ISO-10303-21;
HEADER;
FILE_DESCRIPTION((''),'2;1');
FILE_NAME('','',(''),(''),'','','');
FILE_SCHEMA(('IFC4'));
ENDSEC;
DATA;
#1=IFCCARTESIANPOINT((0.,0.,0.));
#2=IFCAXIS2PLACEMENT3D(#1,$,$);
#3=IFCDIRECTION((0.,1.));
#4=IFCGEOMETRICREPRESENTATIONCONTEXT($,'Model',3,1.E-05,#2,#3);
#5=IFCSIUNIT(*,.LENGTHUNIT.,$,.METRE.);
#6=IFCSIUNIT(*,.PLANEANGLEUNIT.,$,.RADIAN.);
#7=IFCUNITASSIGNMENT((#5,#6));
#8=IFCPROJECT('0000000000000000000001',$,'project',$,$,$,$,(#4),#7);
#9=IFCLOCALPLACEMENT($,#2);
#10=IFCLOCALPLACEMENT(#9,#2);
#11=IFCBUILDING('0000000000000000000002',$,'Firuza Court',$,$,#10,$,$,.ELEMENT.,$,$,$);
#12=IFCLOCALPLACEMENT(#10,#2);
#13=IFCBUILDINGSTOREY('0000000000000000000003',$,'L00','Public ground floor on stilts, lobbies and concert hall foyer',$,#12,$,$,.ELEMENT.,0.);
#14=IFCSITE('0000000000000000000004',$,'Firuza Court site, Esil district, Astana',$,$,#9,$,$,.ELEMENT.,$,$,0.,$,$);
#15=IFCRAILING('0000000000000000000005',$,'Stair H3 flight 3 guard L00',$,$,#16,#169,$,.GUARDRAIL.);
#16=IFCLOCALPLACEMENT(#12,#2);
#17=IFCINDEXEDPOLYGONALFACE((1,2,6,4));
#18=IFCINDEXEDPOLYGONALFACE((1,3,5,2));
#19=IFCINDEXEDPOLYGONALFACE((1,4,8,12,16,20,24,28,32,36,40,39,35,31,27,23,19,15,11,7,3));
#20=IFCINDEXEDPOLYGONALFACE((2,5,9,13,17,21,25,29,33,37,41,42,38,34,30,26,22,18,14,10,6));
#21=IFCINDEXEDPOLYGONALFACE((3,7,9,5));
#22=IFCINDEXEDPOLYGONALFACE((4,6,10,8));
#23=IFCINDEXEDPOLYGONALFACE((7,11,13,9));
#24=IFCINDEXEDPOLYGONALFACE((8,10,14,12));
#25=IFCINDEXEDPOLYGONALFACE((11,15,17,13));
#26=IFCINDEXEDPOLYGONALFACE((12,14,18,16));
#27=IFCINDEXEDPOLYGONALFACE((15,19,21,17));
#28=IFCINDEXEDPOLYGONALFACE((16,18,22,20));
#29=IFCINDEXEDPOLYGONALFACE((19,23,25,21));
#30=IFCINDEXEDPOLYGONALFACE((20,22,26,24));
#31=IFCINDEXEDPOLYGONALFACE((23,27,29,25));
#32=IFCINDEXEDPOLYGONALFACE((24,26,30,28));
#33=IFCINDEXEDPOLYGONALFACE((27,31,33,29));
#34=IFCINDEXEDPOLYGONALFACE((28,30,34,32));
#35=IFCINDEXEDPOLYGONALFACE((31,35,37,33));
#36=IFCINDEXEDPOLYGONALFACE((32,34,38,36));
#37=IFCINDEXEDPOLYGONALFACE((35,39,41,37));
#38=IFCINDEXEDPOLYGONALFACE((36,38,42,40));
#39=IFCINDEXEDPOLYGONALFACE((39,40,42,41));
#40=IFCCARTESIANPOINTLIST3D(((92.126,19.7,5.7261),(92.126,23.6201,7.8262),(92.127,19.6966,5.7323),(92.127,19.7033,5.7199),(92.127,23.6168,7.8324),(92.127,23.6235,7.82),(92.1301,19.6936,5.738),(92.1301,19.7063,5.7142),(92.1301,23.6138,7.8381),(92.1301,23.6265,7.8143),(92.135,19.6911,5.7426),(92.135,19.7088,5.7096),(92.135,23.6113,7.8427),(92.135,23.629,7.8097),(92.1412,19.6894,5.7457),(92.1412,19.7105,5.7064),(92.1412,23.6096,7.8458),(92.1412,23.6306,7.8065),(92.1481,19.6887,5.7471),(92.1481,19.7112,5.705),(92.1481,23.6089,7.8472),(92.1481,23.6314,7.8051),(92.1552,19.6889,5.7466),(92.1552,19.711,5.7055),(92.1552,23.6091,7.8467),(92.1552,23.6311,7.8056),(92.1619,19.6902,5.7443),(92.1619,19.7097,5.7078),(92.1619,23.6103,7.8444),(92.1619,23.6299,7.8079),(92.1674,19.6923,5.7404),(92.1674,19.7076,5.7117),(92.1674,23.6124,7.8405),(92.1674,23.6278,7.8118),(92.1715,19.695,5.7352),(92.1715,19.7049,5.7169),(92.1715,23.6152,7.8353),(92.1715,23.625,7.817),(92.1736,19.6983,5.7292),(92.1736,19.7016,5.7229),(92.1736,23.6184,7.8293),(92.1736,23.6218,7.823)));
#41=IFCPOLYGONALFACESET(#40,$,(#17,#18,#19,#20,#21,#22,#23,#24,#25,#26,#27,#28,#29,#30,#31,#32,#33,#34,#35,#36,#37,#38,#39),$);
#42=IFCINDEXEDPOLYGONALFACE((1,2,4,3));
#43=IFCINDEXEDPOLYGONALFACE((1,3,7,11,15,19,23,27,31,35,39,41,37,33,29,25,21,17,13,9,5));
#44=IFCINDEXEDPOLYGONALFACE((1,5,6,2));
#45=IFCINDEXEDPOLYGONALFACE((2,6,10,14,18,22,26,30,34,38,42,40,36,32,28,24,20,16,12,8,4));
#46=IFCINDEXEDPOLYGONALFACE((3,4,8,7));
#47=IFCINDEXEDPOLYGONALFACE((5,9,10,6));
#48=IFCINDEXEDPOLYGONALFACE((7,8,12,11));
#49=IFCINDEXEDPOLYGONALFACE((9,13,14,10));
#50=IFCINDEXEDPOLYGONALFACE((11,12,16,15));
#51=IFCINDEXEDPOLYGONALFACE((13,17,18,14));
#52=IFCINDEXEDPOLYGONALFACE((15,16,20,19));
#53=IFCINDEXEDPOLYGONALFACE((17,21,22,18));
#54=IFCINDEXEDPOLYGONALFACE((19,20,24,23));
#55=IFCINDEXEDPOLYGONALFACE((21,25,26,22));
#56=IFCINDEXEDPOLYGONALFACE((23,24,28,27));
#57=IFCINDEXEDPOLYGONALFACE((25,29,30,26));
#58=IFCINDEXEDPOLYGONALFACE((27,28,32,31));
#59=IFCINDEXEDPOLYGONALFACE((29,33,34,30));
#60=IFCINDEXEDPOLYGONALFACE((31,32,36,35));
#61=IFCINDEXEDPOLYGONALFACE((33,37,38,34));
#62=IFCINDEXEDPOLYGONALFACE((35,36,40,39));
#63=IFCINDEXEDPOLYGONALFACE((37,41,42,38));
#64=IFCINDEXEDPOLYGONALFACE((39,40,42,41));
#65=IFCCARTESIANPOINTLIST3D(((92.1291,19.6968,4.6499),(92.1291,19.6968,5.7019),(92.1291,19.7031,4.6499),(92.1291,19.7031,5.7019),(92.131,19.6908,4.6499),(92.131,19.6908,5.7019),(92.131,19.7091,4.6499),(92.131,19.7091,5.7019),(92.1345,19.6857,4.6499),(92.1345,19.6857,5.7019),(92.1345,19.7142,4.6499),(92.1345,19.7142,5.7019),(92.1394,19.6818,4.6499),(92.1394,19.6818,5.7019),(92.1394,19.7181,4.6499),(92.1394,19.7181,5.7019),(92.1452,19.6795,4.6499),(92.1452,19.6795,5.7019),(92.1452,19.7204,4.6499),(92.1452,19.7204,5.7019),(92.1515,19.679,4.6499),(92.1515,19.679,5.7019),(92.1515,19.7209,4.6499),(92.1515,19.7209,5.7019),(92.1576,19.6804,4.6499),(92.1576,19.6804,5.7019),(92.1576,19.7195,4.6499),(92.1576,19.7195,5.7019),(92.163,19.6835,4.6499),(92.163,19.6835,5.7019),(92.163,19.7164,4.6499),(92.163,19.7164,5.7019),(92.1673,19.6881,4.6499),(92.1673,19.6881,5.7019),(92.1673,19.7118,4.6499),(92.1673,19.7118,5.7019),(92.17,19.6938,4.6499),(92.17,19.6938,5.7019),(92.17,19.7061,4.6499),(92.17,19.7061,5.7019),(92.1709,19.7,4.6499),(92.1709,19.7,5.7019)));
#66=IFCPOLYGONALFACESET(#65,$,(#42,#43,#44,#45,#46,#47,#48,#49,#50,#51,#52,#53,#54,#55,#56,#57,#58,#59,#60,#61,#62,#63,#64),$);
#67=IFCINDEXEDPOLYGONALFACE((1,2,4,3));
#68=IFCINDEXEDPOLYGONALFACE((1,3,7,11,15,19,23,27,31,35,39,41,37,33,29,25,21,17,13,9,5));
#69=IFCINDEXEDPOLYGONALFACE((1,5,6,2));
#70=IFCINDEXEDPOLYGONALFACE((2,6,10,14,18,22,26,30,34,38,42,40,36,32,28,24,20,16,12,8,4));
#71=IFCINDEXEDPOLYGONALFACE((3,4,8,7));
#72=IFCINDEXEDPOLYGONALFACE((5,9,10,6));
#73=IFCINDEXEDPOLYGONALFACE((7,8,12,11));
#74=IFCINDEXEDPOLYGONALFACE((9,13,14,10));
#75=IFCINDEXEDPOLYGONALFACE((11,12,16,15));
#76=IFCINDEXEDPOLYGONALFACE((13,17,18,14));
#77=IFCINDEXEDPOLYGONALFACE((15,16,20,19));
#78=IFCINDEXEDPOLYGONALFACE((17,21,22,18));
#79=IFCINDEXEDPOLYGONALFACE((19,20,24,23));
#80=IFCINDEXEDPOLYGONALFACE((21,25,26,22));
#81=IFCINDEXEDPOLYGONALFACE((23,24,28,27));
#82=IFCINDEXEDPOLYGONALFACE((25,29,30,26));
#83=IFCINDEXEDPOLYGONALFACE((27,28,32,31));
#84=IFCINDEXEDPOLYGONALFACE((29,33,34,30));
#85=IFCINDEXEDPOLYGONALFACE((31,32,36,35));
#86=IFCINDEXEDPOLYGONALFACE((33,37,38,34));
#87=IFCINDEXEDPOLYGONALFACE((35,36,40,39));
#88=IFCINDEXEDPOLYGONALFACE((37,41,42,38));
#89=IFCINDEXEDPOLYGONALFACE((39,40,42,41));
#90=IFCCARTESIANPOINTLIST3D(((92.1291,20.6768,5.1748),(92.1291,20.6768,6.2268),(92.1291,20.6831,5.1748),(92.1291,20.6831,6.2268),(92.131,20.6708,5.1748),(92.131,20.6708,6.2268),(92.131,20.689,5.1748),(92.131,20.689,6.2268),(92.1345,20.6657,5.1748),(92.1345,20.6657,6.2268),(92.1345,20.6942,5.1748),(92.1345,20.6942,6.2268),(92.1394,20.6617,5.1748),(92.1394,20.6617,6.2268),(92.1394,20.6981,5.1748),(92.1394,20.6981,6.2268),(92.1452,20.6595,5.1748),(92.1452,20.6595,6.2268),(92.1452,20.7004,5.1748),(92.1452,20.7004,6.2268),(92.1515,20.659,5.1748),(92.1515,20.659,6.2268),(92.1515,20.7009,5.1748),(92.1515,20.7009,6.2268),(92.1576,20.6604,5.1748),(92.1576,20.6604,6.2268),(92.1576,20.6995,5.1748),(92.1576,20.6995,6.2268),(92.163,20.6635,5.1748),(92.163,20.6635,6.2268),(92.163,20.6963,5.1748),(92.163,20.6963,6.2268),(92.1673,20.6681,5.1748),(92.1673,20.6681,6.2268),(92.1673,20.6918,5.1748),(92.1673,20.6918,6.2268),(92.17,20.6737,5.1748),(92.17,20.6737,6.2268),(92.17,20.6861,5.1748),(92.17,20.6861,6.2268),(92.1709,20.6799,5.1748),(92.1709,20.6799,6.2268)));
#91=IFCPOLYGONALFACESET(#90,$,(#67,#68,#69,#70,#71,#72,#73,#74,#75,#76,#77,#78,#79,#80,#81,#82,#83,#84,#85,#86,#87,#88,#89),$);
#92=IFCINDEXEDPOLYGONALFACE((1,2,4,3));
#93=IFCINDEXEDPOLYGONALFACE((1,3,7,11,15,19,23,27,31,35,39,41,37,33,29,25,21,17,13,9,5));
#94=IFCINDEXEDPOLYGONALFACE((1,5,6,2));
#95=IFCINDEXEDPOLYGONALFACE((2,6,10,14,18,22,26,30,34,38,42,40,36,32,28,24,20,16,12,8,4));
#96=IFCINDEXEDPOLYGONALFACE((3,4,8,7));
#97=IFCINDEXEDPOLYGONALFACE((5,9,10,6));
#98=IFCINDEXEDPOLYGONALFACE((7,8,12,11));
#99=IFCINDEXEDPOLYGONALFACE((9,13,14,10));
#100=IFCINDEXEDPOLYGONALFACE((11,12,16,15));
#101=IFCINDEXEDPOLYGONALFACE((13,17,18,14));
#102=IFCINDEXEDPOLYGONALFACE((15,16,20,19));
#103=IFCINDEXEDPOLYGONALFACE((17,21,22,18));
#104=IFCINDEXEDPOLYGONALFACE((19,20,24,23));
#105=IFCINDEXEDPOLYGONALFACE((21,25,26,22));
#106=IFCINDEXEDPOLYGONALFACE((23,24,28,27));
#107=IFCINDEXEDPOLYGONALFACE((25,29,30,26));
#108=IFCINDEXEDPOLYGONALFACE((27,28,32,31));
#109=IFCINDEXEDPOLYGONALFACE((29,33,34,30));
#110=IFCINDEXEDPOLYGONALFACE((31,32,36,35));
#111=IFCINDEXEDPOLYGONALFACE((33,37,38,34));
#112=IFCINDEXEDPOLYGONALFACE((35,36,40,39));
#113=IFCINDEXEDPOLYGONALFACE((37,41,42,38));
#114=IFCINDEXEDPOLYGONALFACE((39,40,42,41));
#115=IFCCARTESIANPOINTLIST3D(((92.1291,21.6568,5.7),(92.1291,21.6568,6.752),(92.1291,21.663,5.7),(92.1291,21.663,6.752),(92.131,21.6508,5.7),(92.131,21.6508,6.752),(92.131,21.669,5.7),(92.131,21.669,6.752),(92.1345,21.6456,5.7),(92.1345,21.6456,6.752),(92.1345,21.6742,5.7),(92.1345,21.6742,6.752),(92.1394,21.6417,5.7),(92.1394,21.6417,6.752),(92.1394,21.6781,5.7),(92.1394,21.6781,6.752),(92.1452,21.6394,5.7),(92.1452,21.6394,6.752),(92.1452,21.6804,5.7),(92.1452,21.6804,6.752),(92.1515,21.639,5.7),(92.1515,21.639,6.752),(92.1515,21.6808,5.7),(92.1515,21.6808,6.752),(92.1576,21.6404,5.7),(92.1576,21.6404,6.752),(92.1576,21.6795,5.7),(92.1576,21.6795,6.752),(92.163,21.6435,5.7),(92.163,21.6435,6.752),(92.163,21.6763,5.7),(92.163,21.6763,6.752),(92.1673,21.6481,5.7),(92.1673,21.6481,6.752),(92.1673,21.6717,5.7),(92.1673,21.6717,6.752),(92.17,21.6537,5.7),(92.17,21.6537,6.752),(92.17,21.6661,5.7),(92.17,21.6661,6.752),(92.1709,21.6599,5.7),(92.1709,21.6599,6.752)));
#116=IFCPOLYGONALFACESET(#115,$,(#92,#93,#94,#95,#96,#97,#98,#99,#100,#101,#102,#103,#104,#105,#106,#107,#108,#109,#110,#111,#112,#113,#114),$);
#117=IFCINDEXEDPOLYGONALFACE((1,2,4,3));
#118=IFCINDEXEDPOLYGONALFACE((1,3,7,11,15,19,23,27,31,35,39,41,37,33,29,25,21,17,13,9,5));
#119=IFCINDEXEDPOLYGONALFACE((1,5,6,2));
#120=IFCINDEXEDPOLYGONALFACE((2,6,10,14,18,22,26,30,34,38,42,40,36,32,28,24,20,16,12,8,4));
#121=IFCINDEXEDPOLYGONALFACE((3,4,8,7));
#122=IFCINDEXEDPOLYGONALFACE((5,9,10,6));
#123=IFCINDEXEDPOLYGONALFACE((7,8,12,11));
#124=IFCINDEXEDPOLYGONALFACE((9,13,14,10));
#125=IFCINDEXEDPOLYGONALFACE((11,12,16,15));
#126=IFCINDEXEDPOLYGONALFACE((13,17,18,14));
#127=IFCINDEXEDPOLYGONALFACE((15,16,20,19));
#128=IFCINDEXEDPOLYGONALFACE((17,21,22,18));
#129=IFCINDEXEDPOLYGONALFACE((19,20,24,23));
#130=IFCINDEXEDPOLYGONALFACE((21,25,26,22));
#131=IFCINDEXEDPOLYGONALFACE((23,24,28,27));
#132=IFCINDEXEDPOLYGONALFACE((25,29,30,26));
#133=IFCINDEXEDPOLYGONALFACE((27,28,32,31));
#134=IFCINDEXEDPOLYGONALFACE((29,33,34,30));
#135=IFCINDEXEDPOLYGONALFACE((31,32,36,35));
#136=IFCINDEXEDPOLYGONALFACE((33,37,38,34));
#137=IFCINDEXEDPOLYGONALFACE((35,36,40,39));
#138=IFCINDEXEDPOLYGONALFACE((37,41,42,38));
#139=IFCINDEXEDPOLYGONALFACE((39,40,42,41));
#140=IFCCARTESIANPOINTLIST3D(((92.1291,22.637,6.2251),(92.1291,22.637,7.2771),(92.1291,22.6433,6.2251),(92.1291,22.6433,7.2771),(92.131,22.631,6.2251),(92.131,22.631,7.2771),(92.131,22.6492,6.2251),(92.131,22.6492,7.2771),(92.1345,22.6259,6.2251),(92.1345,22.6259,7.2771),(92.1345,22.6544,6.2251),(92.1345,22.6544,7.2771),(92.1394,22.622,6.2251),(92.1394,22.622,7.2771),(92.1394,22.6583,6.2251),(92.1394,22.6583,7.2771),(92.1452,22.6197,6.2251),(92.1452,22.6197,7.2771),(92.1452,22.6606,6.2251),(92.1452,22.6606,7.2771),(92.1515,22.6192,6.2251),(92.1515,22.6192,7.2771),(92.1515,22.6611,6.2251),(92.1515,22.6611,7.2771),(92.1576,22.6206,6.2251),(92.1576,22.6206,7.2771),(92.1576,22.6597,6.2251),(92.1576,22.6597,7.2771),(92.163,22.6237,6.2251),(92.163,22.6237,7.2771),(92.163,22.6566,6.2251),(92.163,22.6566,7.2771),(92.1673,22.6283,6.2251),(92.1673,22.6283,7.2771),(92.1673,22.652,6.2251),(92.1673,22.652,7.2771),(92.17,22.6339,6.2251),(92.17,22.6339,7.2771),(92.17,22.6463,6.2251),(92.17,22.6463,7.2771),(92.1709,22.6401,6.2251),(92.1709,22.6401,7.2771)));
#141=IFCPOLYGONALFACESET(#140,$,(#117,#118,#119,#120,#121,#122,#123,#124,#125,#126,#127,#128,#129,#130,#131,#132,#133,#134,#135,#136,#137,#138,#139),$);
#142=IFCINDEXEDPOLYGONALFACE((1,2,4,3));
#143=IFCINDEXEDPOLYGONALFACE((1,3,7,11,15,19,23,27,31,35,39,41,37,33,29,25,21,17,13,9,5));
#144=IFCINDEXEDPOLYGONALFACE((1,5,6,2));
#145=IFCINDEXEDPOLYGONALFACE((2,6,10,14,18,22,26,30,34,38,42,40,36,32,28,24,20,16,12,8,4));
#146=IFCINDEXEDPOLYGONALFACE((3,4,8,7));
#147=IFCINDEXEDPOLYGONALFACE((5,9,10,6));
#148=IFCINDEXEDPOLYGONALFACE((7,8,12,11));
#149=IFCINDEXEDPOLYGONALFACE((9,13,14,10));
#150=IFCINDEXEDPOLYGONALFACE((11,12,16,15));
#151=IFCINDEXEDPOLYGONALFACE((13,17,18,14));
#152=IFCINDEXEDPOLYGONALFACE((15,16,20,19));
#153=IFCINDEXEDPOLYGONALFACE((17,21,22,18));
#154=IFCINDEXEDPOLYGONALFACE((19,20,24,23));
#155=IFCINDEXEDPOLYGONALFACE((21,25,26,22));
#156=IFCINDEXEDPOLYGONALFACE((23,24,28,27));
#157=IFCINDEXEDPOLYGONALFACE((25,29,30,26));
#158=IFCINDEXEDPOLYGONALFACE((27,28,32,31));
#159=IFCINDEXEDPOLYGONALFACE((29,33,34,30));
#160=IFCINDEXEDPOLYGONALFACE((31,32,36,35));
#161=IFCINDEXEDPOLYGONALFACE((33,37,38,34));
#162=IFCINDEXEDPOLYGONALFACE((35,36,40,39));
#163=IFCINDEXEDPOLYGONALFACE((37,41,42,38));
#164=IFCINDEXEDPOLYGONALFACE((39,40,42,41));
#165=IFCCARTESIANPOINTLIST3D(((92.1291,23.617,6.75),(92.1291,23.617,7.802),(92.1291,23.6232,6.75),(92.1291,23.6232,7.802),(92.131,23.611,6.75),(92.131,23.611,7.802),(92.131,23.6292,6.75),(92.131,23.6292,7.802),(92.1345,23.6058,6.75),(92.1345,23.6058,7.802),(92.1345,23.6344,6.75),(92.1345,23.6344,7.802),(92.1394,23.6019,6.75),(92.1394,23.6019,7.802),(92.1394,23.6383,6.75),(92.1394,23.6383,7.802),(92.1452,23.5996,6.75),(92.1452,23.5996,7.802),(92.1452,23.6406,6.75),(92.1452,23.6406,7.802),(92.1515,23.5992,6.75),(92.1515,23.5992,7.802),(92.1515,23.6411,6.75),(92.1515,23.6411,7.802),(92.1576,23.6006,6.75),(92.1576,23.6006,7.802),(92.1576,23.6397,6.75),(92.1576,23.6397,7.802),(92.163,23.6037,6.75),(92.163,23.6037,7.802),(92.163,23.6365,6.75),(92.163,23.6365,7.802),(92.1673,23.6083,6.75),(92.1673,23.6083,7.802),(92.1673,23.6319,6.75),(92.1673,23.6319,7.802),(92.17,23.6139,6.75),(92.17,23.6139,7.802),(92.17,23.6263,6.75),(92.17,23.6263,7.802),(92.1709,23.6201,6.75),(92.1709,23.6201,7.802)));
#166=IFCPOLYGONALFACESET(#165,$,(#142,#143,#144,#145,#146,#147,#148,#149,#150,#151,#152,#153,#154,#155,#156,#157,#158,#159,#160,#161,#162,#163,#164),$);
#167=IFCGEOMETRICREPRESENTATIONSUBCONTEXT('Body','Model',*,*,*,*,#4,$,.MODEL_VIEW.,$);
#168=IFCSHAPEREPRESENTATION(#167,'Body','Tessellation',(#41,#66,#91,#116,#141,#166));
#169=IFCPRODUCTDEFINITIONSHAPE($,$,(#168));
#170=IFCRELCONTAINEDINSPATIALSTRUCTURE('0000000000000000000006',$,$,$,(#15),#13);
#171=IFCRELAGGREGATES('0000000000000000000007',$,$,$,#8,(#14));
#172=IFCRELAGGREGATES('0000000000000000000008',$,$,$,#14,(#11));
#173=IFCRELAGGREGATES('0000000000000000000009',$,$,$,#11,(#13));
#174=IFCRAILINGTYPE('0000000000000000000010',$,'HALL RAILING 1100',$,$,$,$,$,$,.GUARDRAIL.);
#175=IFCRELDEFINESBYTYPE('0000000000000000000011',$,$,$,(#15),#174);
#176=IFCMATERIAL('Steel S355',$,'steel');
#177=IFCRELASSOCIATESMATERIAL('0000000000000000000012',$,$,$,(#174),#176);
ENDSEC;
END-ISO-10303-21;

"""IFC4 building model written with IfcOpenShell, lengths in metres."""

from ifc_helpers import new_model, si_unit, direction, frame, origin, origin_2d, place, context, subcontext, project, spatial, circle, extrude, material, type_object, element, save


model = new_model("IFC4")

# Units and contexts
model_context = context("Model", 3, precision=1e-05, world=origin(), true_north=direction((0.0, 1.0)))
body_context = subcontext(model_context, "Body", "Model", "MODEL_VIEW")
ifc_project = project(units=[si_unit("LENGTHUNIT", "METRE"), si_unit("PLANEANGLEUNIT", "RADIAN")], contexts=[model_context])

# Site, building, storey
site_placement = place(None, origin())
site = spatial("IfcSite", under=ifc_project, at=site_placement, Name="Firuza Court site, Esil district, Astana", CompositionType="ELEMENT", RefElevation=0.0)
building_placement = place(site_placement, origin())
building = spatial("IfcBuilding", under=site, at=building_placement, Name="Firuza Court", CompositionType="ELEMENT")
storey_placement = place(building_placement, origin())
storey = spatial("IfcBuildingStorey", under=building, at=storey_placement, Name="L00", Description="Public ground floor on stilts, lobbies and concert hall foyer", CompositionType="ELEMENT", Elevation=0.0)

# Railing
ifc_material_1 = material(Name="Steel S355", Category="steel")
railing_type_1 = type_object("IfcRailingType", Name="HALL RAILING 1100", PredefinedType="GUARDRAIL", material=ifc_material_1)
railing_1_placement = place(storey_placement, frame((92.1499, 19.7, 4.6499)))
element("IfcRailing", 1, at=railing_1_placement, inside=storey, type_object=railing_type_1, Name="Stair H3 flight 3 guard L00", PredefinedType="GUARDRAIL", context=body_context, shape_type="SweptSolid", body=[
    extrude(circle(Radius=0.0239, at=origin_2d()), frame((0.0, 0.0, 1.0762), z_axis=(0.0, 0.881479, 0.472223), x_axis=(-1.0, 0.0, 0.0)), (0.0, 0.0, 1.0), 4.4473),
    extrude(circle(Radius=0.021, at=origin_2d()), origin(), (0.0, 0.0, 1.0), 1.052),
    extrude(circle(Radius=0.021, at=origin_2d()), frame((0.0, 0.98, 0.5249)), (0.0, 0.0, 1.0), 1.052),
    extrude(circle(Radius=0.021, at=origin_2d()), frame((0.0, 1.96, 1.05)), (0.0, 0.0, 1.0), 1.052),
    extrude(circle(Radius=0.021, at=origin_2d()), frame((0.0, 2.9402, 1.5752)), (0.0, 0.0, 1.0), 1.052),
    extrude(circle(Radius=0.021, at=origin_2d()), frame((0.0, 3.9202, 2.1001)), (0.0, 0.0, 1.0), 1.052),
])

save(model, "model.ifc")
